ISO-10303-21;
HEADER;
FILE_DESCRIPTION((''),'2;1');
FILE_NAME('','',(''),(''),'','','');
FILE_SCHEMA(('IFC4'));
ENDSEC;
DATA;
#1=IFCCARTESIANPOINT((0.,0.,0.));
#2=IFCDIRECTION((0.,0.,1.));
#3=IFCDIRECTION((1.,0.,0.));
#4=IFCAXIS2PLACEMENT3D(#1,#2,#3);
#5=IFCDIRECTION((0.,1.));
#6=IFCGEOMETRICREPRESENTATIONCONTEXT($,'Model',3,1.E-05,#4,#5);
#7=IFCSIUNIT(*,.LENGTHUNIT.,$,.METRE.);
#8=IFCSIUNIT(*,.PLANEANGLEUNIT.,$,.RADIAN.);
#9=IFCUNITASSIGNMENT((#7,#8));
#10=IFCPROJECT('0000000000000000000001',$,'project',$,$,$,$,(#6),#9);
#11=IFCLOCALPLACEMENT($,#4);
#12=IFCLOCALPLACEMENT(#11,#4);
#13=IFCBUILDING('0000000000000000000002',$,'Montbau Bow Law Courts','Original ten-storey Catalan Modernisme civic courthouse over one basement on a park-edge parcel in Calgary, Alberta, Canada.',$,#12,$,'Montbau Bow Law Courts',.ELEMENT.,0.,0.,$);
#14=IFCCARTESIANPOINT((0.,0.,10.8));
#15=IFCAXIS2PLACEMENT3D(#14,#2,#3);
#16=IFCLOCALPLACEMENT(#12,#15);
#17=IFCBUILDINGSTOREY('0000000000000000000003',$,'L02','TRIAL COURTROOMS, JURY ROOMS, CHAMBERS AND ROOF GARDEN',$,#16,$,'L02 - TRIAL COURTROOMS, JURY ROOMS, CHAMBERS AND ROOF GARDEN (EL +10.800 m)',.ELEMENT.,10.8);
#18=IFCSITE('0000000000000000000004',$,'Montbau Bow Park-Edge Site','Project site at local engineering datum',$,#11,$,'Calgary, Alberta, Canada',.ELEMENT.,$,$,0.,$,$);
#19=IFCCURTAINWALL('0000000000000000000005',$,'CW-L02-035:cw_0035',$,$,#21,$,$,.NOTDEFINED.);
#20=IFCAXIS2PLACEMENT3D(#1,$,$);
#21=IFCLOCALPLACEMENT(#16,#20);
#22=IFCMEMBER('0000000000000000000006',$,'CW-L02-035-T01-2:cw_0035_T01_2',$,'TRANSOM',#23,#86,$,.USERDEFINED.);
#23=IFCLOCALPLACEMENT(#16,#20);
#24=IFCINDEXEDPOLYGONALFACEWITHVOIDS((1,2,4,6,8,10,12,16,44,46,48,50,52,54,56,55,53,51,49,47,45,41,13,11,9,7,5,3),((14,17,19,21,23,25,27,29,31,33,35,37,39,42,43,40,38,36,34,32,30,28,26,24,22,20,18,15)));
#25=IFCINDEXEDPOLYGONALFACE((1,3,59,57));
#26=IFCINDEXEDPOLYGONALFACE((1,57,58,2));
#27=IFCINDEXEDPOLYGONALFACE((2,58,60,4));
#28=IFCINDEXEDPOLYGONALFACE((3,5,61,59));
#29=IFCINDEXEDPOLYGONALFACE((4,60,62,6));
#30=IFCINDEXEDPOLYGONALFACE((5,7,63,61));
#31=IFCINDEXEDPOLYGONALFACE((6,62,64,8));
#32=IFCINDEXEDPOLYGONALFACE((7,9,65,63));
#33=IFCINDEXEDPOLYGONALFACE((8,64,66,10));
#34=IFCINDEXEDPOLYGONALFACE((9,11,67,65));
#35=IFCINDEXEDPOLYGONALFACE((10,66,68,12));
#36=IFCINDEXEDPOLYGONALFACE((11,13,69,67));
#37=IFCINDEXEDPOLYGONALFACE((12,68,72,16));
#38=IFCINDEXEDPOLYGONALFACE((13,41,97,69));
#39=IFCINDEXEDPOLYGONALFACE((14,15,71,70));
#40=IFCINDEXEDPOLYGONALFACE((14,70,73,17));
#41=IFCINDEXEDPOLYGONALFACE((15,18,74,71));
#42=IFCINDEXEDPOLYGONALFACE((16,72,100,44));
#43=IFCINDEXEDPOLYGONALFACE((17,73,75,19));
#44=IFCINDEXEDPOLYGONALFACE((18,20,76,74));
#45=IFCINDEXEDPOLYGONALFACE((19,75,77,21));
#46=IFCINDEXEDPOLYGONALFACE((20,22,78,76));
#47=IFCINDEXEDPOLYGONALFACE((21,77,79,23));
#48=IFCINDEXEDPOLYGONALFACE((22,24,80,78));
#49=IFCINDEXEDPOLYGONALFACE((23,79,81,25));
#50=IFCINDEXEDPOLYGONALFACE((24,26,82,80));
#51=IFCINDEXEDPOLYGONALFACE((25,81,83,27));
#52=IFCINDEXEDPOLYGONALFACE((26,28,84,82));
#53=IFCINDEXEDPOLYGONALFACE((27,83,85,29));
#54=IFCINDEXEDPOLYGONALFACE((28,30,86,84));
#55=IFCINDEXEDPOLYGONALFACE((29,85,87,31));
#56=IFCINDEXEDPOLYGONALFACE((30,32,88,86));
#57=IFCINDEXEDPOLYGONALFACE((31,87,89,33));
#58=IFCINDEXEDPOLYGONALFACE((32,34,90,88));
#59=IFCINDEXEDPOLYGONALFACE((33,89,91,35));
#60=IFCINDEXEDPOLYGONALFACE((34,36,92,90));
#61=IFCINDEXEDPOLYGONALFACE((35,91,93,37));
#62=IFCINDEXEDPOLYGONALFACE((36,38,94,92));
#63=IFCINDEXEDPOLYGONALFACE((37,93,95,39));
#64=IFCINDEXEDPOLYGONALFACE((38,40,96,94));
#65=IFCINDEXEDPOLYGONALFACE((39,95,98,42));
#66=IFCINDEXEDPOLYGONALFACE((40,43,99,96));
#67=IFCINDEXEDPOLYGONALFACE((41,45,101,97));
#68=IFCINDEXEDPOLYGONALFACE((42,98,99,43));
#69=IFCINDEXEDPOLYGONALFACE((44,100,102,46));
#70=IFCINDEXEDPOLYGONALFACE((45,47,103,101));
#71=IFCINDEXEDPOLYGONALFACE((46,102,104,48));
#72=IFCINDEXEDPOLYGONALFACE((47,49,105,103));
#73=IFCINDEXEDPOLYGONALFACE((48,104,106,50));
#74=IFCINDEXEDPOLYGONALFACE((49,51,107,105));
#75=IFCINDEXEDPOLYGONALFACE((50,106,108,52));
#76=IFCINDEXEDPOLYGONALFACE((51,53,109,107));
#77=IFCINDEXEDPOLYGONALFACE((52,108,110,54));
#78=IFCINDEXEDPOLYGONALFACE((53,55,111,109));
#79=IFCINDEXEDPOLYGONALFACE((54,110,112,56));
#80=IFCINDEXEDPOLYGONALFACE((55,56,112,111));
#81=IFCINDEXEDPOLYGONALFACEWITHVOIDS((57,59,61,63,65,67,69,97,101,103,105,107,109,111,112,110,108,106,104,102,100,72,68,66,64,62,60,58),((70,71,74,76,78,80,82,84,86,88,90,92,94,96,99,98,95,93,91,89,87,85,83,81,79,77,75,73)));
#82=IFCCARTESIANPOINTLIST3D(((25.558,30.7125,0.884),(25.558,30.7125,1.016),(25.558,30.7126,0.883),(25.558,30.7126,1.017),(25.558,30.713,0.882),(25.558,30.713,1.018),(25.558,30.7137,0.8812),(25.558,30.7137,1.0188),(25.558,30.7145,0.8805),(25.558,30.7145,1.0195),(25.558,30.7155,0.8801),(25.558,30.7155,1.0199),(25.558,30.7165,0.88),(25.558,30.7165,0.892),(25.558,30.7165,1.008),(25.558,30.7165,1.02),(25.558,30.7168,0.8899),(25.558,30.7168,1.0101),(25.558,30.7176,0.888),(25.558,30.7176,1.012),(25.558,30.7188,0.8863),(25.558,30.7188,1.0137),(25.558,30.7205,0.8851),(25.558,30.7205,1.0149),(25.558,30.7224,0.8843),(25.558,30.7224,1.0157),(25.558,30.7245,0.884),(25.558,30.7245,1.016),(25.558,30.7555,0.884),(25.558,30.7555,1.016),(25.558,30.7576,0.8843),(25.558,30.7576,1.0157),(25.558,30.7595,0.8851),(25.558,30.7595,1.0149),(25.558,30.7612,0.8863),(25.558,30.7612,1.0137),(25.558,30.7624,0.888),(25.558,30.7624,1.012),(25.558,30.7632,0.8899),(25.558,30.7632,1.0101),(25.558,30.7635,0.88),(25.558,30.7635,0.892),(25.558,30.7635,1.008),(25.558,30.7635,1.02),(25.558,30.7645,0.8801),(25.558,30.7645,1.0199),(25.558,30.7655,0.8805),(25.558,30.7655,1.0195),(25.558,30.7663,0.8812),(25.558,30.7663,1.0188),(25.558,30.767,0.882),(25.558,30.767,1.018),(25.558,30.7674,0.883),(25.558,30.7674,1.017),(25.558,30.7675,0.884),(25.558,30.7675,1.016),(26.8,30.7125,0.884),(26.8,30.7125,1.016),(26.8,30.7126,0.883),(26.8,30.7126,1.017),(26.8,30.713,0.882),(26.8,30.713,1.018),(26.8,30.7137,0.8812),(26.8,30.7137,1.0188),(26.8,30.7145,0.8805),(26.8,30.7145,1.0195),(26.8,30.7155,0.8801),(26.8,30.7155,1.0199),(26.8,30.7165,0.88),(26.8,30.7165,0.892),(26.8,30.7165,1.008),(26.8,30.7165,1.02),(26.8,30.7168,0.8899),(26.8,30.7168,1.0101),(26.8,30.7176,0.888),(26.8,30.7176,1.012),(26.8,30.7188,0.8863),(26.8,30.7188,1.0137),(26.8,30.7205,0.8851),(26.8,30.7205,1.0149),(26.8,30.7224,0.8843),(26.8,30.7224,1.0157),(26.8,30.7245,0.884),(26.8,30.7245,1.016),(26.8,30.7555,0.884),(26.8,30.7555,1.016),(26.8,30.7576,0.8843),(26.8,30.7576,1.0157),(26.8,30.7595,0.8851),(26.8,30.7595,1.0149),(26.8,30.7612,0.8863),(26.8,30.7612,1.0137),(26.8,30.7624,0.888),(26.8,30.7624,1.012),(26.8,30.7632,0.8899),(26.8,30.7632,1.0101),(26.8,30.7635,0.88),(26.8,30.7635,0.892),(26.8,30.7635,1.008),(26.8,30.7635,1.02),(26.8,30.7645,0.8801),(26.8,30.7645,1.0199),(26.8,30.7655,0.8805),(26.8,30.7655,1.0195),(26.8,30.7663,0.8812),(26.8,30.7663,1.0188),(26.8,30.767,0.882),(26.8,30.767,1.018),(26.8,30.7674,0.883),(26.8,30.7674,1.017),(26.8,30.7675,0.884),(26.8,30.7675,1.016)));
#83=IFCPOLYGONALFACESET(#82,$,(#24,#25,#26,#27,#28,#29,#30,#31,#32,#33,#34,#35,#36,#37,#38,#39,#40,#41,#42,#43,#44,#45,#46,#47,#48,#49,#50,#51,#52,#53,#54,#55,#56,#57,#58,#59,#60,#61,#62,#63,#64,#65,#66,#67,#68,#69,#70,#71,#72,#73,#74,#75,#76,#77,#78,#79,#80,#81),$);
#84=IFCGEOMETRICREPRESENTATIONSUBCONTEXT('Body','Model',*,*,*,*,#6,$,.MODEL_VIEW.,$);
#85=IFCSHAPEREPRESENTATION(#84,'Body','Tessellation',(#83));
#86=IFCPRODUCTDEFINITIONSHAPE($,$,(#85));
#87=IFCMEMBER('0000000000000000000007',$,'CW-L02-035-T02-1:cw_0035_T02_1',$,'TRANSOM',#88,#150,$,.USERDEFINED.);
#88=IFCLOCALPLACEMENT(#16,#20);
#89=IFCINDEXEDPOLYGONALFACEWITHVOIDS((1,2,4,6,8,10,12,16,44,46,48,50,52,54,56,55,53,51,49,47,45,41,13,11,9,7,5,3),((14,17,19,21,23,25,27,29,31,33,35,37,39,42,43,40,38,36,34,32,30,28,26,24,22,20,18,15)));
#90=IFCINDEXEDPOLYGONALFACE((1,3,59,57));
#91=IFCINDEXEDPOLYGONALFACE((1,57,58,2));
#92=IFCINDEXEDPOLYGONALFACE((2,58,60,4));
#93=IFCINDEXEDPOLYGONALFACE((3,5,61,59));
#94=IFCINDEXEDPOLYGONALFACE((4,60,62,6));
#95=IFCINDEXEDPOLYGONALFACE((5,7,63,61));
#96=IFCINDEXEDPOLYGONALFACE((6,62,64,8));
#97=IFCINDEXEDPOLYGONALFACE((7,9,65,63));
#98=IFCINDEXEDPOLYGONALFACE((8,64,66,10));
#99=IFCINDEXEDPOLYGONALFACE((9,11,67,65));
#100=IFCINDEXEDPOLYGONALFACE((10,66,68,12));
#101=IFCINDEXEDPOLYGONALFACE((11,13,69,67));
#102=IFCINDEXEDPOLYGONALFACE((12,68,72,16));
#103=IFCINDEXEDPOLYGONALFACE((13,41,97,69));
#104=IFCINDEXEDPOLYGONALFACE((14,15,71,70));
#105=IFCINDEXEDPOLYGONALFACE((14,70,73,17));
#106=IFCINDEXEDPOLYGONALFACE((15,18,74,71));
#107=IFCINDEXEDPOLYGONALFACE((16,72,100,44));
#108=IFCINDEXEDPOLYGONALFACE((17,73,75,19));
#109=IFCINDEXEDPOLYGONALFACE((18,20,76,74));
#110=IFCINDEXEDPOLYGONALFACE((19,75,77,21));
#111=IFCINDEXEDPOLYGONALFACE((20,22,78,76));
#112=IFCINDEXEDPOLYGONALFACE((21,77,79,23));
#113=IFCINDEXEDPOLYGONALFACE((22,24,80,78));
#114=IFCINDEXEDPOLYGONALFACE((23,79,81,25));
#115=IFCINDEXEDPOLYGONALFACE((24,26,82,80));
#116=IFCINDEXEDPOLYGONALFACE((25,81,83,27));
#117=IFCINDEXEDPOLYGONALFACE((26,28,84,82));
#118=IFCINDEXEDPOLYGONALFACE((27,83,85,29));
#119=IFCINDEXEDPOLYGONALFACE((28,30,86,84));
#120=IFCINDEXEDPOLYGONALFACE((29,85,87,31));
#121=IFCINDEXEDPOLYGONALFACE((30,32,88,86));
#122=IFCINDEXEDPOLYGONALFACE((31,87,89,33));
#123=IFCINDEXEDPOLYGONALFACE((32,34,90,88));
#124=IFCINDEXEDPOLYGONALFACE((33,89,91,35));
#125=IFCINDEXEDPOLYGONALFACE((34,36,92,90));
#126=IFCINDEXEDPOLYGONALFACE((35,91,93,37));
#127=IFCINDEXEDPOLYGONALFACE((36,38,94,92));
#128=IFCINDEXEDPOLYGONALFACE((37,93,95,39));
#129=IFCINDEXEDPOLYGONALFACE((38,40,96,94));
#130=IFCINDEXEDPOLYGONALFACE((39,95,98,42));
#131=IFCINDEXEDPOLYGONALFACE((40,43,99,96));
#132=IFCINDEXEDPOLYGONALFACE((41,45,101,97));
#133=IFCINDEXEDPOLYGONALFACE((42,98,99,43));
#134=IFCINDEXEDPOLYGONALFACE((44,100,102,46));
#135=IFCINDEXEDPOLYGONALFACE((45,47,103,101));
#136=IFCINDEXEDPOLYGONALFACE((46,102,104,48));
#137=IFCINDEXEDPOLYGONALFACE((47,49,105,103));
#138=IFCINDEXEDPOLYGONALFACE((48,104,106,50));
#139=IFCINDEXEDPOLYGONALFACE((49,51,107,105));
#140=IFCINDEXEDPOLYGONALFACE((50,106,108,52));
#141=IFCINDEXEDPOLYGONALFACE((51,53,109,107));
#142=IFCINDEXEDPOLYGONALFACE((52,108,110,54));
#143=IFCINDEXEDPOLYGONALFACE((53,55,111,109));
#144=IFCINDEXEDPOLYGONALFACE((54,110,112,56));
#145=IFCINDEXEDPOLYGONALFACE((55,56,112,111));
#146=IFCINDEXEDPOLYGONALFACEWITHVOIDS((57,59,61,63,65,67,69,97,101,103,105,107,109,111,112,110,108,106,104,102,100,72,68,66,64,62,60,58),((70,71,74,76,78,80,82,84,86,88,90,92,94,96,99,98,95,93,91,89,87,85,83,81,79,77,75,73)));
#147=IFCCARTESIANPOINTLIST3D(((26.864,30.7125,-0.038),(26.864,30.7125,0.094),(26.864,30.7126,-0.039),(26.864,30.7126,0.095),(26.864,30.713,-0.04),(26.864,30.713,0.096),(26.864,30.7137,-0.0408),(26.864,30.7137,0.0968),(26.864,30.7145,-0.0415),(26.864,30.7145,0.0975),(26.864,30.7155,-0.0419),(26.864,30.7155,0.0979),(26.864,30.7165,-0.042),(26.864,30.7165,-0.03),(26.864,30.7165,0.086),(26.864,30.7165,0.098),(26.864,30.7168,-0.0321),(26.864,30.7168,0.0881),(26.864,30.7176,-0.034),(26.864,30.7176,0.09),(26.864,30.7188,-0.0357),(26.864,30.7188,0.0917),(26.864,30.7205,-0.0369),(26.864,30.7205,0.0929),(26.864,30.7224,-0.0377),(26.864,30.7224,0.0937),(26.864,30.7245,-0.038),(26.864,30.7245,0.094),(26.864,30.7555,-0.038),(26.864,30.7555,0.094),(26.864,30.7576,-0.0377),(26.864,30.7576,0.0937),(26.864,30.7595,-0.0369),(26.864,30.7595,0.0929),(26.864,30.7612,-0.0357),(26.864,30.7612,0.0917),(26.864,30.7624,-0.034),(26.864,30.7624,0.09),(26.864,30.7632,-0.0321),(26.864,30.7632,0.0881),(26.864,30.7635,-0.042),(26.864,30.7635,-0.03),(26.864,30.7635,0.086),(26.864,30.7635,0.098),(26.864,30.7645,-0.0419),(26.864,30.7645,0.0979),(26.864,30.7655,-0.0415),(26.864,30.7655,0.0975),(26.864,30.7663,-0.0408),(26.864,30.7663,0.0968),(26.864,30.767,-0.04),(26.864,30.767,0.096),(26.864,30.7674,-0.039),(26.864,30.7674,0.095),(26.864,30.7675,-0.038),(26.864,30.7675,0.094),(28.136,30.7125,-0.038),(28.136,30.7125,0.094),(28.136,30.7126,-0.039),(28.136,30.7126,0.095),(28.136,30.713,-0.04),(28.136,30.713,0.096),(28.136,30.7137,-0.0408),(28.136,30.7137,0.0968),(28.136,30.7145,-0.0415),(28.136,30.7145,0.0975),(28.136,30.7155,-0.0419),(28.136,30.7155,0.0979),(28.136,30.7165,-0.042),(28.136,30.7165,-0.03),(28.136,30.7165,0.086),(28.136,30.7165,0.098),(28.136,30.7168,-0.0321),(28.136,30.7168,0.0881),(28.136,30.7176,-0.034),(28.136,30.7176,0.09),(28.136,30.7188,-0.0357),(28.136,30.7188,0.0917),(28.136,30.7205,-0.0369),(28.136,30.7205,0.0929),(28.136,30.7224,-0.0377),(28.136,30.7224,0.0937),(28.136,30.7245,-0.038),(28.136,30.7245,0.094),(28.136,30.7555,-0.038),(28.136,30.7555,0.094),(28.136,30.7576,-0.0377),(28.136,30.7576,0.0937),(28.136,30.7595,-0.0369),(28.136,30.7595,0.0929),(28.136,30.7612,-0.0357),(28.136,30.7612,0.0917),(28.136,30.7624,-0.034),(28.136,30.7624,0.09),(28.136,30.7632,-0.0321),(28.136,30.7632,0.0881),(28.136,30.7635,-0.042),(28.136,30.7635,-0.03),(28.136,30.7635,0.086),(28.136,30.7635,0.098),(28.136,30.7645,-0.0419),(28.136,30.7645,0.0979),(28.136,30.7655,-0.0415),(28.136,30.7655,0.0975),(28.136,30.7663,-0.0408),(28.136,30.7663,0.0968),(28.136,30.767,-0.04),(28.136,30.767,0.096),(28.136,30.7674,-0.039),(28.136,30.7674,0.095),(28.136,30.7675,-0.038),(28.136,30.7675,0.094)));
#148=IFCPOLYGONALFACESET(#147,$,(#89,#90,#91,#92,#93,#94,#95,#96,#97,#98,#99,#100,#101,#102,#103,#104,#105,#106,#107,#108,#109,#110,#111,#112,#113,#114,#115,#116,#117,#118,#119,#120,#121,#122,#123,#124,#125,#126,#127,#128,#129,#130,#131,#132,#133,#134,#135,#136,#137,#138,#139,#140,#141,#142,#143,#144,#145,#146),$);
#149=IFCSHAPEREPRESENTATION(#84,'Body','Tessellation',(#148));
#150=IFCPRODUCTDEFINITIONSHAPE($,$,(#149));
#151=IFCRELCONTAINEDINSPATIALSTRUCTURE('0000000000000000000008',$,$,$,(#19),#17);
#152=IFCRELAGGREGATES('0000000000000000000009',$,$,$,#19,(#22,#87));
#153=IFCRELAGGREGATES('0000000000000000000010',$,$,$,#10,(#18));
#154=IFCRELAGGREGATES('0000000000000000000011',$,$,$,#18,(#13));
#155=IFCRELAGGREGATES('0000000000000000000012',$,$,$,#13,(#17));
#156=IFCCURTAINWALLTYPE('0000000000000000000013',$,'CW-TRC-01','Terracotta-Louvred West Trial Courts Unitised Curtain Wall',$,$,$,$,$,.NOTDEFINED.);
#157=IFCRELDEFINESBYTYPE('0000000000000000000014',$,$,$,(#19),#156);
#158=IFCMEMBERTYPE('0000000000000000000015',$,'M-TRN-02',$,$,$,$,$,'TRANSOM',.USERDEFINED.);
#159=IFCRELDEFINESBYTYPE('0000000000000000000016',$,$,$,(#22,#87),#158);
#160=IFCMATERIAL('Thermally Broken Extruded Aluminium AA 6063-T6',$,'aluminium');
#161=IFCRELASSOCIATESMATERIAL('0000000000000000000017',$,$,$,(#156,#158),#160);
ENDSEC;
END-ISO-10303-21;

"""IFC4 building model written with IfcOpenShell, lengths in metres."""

from ifc_helpers import new_model, si_unit, direction, frame, origin_with_axes, origin_2d_with_axis, place, context, subcontext, project, spatial, hollow_rectangle, extrude, material, material_profile, profile_set, type_object, element, aggregate, save


model = new_model("IFC4")

# Units and contexts
model_context = context("Model", 3, precision=1e-05, world=origin_with_axes(), true_north=direction((0.0, 1.0)))
body_context = subcontext(model_context, "Body", "Model", "MODEL_VIEW")
ifc_project = project(units=[si_unit("LENGTHUNIT", "METRE"), si_unit("PLANEANGLEUNIT", "RADIAN")], contexts=[model_context])

# Site, building, storey
site_placement = place(None, origin_with_axes())
site = spatial("IfcSite", under=ifc_project, at=site_placement, Name="Montbau Bow Park-Edge Site", Description="Project site at local engineering datum", LongName="Calgary, Alberta, Canada", CompositionType="ELEMENT", RefElevation=0.0)
building_placement = place(site_placement, origin_with_axes())
building = spatial("IfcBuilding", under=site, at=building_placement, Name="Montbau Bow Law Courts", Description="Original ten-storey Catalan Modernisme civic courthouse over one basement on a park-edge parcel in Calgary, Alberta, Canada.", LongName="Montbau Bow Law Courts", CompositionType="ELEMENT", ElevationOfRefHeight=0.0, ElevationOfTerrain=0.0)
storey_placement = place(building_placement, frame((0.0, 0.0, 10.8), z_axis=(0.0, 0.0, 1.0), x_axis=(1.0, 0.0, 0.0)))
storey = spatial("IfcBuildingStorey", under=building, at=storey_placement, Name="L02", Description="TRIAL COURTROOMS, JURY ROOMS, CHAMBERS AND ROOF GARDEN", LongName="L02 - TRIAL COURTROOMS, JURY ROOMS, CHAMBERS AND ROOF GARDEN (EL +10.800 m)", CompositionType="ELEMENT", Elevation=10.8)

# Shared definitions
ifc_material_1 = material(Name="Thermally Broken Extruded Aluminium AA 6063-T6", Category="aluminium")
curtain_wall_type = type_object("IfcCurtainWallType", Name="CW-TRC-01", Description="Terracotta-Louvred West Trial Courts Unitised Curtain Wall", PredefinedType="NOTDEFINED", material=ifc_material_1)

# Curtain wall
curtain_wall_1_placement = place(None, frame((25.496, 30.74, 10.8), z_axis=(0.0, 0.0, 1.0), x_axis=(1.0, 0.0, 0.0)))
curtain_wall_1 = element("IfcCurtainWall", 1, at=curtain_wall_1_placement, inside=storey, type_object=curtain_wall_type, Name="CW-L02-035:cw_0035", PredefinedType="NOTDEFINED")

# Members
ifc_material_profile_1 = material_profile(ifc_material_1, hollow_rectangle(XDim=0.055, YDim=0.14, WallThickness=0.004, InnerFilletRadius=0.008, OuterFilletRadius=0.004, at=origin_2d_with_axis()), Name="CWT-140X55", Category="Main", Priority=0)
ifc_profile_set_1 = profile_set([ifc_material_profile_1], Name="Thermally Broken Extruded Aluminium AA 6063-T6")
member_type_1 = type_object("IfcMemberType", Name="M-TRN-02", ElementType="TRANSOM", PredefinedType="USERDEFINED", material=ifc_profile_set_1)
member_1_placement = place(None, frame((25.558, 30.74, 11.75), z_axis=(1.0, 0.0, 0.0), x_axis=(0.0, 1.0, 0.0)))
member_1 = element("IfcMember", 2, at=member_1_placement, type_object=member_type_1, Name="CW-L02-035-T01-2:cw_0035_T01_2", ObjectType="TRANSOM", PredefinedType="USERDEFINED", context=body_context, shape_type="SweptSolid", body=[
    extrude(hollow_rectangle(XDim=0.055, YDim=0.14, WallThickness=0.004, InnerFilletRadius=0.008, OuterFilletRadius=0.004, at=origin_2d_with_axis()), origin_with_axes(), (0.0, 0.0, 1.0), 1.242),
])
member_2_placement = place(None, frame((26.864, 30.74, 10.828), z_axis=(1.0, 0.0, 0.0), x_axis=(0.0, 1.0, 0.0)))
member_2 = element("IfcMember", 3, at=member_2_placement, type_object=member_type_1, Name="CW-L02-035-T02-1:cw_0035_T02_1", ObjectType="TRANSOM", PredefinedType="USERDEFINED", context=body_context, shape_type="SweptSolid", body=[
    extrude(hollow_rectangle(XDim=0.055, YDim=0.14, WallThickness=0.004, InnerFilletRadius=0.008, OuterFilletRadius=0.004, at=origin_2d_with_axis()), origin_with_axes(), (0.0, 0.0, 1.0), 1.272),
])

aggregate(curtain_wall_1, [member_1, member_2])

save(model, "model.ifc")
